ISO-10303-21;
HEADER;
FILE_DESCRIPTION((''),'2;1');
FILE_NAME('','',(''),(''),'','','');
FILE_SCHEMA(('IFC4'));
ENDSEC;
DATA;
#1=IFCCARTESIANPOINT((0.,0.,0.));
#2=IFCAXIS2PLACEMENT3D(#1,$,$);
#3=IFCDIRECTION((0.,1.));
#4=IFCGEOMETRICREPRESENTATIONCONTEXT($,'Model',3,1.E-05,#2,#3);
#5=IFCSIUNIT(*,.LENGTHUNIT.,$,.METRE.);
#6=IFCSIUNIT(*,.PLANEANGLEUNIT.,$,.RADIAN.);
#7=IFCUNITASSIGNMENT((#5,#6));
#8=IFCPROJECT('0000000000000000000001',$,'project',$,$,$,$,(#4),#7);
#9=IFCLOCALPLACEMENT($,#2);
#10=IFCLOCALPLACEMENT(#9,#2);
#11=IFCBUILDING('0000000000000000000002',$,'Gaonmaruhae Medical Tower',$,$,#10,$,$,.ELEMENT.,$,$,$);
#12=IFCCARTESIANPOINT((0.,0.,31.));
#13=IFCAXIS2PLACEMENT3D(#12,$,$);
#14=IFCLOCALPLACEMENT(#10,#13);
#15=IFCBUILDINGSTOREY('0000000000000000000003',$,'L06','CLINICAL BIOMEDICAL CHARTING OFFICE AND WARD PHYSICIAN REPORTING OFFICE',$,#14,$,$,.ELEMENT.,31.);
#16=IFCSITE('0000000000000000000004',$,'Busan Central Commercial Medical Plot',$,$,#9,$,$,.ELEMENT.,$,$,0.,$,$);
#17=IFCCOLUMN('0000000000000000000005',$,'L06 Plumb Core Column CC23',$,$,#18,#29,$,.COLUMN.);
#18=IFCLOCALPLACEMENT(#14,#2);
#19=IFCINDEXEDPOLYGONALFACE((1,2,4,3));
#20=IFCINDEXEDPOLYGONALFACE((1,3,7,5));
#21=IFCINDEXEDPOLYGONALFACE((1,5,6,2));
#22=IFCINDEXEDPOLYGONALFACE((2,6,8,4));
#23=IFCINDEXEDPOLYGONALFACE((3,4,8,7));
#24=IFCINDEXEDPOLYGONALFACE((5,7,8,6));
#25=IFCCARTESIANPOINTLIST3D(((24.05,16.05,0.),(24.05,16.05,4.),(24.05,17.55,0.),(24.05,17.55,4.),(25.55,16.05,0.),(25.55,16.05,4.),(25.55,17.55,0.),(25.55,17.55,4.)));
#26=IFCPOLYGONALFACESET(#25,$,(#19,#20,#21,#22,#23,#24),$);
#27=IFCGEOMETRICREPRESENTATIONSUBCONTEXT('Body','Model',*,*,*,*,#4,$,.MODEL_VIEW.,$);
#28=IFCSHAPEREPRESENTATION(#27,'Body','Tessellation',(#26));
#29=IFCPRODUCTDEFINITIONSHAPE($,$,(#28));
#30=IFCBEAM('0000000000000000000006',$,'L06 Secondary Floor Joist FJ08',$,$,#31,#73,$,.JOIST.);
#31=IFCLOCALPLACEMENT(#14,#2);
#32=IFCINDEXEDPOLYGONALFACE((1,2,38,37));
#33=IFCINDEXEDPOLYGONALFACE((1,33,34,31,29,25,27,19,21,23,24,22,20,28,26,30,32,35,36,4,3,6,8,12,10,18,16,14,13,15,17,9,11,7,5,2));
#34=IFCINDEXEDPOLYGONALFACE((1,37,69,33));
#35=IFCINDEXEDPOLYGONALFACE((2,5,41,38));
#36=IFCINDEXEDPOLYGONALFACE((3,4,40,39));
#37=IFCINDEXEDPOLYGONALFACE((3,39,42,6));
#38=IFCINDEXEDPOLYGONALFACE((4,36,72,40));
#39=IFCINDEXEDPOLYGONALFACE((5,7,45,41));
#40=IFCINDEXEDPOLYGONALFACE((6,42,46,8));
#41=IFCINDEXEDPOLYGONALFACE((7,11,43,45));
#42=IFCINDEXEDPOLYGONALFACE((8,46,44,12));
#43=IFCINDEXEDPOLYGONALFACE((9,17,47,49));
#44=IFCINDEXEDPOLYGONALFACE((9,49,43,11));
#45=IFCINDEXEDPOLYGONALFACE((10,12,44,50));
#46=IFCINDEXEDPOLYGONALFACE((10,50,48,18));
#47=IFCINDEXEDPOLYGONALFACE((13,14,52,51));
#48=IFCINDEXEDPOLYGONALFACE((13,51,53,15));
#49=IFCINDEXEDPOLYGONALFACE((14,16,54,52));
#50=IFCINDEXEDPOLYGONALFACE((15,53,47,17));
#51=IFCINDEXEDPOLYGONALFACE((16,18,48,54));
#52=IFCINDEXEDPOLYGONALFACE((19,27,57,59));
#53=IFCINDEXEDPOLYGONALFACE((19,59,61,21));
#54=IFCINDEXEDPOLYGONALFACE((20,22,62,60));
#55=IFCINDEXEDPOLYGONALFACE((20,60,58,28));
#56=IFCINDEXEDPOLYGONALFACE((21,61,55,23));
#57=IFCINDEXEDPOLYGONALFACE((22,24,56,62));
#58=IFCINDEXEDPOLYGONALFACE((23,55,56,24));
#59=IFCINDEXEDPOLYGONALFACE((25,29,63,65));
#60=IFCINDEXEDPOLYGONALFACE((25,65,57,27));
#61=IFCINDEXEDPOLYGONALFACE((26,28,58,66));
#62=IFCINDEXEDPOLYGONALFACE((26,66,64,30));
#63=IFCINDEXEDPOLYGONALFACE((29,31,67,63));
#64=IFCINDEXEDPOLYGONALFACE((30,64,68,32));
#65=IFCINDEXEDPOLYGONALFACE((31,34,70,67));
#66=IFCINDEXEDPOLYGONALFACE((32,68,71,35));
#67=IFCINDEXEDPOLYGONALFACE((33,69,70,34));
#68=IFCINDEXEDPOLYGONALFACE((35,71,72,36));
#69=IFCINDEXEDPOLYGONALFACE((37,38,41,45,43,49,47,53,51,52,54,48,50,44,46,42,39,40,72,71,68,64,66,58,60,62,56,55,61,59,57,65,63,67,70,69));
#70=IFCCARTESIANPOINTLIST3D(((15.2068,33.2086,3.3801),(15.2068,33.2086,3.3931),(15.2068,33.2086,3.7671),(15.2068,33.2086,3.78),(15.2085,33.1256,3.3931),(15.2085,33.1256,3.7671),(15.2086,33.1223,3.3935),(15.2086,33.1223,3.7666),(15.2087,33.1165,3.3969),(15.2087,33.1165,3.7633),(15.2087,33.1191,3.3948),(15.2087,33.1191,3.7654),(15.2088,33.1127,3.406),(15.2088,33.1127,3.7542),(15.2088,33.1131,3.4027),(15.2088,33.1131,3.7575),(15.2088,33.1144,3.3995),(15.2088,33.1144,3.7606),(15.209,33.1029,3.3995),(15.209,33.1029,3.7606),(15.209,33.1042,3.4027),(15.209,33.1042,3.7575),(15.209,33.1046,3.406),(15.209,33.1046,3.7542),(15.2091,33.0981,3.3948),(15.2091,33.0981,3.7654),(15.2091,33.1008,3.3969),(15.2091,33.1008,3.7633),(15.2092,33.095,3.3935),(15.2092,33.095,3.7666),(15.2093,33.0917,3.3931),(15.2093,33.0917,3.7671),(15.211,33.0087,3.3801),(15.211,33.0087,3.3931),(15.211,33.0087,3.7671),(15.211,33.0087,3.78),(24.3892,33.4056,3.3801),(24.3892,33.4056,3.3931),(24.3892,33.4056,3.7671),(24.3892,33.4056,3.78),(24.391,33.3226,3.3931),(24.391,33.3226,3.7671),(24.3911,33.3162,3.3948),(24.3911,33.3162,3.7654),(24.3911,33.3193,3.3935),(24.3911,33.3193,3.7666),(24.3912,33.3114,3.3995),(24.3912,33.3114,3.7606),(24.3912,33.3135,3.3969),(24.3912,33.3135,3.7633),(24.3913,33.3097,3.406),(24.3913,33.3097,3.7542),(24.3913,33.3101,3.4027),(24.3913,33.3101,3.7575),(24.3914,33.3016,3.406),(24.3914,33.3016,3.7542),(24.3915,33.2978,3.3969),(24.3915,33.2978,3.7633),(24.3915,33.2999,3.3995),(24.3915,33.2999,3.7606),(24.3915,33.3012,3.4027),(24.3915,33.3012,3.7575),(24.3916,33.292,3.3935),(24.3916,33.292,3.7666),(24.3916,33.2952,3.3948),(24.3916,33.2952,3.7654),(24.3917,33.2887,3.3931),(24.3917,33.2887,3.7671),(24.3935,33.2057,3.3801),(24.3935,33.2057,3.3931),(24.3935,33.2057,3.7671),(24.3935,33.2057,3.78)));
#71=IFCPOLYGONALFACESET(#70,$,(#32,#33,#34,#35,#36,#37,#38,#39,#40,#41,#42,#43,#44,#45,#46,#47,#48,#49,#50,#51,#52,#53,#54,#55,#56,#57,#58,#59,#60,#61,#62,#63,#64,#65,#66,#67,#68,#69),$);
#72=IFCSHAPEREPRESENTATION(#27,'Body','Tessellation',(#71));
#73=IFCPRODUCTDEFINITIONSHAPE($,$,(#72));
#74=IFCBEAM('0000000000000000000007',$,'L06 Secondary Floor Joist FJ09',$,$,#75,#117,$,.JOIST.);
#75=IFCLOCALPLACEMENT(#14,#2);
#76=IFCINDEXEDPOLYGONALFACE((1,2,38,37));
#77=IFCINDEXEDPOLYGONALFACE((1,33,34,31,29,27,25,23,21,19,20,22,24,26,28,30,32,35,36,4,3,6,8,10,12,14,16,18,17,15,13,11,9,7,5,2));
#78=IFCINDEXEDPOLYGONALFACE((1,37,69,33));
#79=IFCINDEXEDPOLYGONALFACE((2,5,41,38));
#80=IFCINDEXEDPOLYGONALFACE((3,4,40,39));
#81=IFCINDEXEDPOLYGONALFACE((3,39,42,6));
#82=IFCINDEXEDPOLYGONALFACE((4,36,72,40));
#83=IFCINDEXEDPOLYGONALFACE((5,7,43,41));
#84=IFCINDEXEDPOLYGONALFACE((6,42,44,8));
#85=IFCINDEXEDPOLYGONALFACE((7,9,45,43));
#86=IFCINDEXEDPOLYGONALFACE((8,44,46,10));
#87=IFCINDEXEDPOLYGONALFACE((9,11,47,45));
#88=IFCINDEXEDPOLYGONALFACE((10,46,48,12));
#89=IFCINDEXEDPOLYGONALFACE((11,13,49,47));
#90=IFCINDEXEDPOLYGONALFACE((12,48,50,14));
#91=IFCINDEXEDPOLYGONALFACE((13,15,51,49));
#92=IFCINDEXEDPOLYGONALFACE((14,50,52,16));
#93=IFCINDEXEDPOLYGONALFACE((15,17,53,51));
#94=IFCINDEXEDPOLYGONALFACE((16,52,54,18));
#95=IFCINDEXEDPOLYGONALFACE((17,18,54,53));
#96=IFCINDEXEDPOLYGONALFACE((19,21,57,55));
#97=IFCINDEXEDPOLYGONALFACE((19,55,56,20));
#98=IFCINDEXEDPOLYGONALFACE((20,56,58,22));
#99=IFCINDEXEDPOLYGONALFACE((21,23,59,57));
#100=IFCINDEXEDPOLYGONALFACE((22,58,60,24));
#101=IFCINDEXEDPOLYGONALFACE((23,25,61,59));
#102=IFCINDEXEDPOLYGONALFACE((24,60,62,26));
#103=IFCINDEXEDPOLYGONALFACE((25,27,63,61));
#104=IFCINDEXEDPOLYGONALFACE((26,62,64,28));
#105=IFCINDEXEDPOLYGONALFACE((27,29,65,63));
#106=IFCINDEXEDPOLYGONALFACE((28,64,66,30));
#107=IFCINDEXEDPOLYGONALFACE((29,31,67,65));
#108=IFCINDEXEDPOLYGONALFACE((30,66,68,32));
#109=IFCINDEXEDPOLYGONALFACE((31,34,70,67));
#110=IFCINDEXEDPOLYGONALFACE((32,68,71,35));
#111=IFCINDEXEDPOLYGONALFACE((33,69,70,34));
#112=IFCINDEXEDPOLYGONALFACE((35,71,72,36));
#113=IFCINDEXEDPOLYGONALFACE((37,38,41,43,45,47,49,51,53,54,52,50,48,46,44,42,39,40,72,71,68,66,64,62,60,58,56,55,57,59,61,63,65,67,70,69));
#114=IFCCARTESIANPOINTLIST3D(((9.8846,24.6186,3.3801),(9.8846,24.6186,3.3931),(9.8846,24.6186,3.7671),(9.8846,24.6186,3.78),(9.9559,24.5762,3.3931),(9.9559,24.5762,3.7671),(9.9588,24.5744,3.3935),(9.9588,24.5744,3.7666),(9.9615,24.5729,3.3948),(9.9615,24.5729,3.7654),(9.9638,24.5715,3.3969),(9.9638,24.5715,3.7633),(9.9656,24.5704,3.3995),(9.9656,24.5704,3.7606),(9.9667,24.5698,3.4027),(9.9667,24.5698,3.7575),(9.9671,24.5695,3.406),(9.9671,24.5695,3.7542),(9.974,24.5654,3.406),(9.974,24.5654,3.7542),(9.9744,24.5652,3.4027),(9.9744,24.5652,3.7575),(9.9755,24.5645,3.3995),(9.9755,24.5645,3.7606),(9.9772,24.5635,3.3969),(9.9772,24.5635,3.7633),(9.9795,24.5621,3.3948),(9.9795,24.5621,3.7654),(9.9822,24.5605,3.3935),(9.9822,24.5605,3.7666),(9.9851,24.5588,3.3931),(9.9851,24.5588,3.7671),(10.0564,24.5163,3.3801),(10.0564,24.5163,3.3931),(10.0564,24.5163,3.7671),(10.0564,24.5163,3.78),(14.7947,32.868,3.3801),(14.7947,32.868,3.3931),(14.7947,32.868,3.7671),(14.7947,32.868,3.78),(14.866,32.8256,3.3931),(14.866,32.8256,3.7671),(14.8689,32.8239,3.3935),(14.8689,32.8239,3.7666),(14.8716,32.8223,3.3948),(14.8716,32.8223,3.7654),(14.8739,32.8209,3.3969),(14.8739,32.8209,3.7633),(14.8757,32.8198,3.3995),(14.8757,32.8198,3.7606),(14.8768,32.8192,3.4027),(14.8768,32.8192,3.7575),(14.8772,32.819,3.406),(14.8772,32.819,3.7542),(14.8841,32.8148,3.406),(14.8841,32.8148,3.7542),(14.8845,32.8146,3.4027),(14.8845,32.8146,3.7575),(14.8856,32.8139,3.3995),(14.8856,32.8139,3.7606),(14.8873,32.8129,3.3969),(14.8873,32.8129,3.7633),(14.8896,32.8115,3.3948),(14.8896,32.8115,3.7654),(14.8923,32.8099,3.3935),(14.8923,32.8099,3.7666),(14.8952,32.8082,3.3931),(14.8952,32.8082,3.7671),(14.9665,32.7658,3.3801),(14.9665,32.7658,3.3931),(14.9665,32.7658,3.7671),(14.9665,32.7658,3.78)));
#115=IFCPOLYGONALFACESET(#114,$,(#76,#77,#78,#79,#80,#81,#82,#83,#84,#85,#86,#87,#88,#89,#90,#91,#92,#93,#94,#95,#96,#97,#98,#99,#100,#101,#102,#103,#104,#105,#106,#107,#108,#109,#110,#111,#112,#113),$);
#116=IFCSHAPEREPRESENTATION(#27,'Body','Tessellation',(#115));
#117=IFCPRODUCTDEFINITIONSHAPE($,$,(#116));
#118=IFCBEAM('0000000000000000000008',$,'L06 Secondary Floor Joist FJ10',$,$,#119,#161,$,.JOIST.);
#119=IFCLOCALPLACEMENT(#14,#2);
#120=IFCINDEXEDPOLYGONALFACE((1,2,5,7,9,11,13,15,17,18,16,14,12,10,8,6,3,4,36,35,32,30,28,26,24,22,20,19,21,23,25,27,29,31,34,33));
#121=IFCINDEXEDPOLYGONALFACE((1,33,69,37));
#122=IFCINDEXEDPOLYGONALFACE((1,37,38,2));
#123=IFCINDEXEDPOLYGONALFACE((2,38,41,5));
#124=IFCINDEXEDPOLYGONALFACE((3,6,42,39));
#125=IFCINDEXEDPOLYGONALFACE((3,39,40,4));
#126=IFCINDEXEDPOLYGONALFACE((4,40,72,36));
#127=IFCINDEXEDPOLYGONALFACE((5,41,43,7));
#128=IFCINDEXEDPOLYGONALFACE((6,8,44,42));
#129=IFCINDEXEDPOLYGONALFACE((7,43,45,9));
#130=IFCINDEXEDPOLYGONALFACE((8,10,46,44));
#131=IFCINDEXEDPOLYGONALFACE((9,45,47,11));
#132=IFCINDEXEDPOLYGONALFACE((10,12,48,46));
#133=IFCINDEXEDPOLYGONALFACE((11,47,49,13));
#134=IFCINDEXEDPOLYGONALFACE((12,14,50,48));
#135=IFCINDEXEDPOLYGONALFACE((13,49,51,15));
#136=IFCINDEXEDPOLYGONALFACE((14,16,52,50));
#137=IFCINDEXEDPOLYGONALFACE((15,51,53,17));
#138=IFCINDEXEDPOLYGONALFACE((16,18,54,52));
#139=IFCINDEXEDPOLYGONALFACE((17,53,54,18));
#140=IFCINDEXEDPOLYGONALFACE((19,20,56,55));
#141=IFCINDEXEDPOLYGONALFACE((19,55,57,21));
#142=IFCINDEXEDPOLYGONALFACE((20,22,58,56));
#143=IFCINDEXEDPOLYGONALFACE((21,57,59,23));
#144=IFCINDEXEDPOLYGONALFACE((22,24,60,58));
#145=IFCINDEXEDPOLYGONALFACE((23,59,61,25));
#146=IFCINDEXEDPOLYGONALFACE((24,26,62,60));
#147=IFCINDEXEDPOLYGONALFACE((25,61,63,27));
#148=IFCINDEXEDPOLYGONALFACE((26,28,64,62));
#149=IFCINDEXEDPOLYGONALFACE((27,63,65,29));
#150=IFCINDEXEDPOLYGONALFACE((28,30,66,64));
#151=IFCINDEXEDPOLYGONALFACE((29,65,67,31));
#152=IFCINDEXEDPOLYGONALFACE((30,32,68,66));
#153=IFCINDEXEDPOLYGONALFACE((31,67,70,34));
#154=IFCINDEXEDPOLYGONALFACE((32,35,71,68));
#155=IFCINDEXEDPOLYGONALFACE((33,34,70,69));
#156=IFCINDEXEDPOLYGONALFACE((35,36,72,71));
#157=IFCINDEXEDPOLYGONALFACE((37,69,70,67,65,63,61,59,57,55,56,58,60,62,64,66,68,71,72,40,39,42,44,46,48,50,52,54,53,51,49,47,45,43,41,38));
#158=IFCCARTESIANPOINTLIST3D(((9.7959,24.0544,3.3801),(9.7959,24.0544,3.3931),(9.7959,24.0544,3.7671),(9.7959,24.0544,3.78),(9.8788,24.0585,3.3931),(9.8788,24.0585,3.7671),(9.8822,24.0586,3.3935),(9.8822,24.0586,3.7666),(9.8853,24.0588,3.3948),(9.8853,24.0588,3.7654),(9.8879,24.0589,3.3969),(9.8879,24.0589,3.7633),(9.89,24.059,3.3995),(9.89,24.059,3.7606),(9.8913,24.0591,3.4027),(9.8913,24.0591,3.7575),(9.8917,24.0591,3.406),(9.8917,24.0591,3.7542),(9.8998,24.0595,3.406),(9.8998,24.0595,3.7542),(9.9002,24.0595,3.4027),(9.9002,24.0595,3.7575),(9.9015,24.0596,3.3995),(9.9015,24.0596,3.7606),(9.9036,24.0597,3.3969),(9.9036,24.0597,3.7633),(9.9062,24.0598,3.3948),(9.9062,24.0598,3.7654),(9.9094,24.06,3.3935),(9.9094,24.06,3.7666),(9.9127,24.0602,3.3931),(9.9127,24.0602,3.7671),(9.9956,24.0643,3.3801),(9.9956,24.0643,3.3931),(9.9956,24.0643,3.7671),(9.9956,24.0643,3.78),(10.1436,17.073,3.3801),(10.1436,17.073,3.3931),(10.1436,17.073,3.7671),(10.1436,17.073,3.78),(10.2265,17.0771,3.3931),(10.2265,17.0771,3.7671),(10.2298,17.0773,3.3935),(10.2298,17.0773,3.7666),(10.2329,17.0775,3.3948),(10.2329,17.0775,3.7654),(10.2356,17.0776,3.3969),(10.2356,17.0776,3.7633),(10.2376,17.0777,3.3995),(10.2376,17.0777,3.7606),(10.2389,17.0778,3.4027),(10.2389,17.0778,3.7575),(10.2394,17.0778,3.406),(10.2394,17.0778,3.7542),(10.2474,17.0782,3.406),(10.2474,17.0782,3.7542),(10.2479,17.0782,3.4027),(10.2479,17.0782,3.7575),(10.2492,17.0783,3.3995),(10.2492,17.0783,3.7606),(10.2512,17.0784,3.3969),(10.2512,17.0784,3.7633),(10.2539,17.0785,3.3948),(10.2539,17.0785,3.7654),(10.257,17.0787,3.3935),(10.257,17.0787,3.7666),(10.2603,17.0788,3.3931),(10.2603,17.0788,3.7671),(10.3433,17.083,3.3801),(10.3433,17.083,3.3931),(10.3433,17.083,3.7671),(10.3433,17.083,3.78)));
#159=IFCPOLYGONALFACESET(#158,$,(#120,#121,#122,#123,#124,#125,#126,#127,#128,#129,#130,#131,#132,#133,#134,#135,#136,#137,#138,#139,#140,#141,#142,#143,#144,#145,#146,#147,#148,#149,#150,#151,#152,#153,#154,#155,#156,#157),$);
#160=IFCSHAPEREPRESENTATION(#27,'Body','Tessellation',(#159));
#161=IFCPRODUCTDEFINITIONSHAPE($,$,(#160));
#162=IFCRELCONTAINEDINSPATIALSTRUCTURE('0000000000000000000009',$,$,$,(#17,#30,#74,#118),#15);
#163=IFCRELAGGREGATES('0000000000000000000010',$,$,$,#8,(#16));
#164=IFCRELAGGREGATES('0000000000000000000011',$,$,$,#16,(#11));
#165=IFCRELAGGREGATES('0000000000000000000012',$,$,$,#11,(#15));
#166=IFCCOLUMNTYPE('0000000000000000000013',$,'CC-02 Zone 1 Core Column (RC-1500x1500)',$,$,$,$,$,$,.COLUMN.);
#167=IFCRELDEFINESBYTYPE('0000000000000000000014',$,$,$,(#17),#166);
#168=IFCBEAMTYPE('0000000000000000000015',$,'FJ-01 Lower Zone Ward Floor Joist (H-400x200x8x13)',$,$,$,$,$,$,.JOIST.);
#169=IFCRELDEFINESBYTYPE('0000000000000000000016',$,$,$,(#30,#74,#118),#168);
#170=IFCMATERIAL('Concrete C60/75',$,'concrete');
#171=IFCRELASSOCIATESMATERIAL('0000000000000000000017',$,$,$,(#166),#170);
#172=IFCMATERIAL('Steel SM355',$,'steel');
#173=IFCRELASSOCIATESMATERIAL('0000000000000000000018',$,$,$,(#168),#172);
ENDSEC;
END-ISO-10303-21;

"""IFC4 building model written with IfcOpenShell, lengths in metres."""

from ifc_helpers import new_model, si_unit, direction, frame, origin, origin_2d, place, context, subcontext, project, spatial, rectangle, i_section, extrude, material, material_profile, profile_set, type_object, element, save


model = new_model("IFC4")

# Units and contexts
model_context = context("Model", 3, precision=1e-05, world=origin(), true_north=direction((0.0, 1.0)))
body_context = subcontext(model_context, "Body", "Model", "MODEL_VIEW")
ifc_project = project(units=[si_unit("LENGTHUNIT", "METRE"), si_unit("PLANEANGLEUNIT", "RADIAN")], contexts=[model_context])

# Site, building, storey
site_placement = place(None, origin())
site = spatial("IfcSite", under=ifc_project, at=site_placement, Name="Busan Central Commercial Medical Plot", CompositionType="ELEMENT", RefElevation=0.0)
building_placement = place(site_placement, origin())
building = spatial("IfcBuilding", under=site, at=building_placement, Name="Gaonmaruhae Medical Tower", CompositionType="ELEMENT")
storey_placement = place(building_placement, frame((0.0, 0.0, 31.0)))
storey = spatial("IfcBuildingStorey", under=building, at=storey_placement, Name="L06", Description="CLINICAL BIOMEDICAL CHARTING OFFICE AND WARD PHYSICIAN REPORTING OFFICE", CompositionType="ELEMENT", Elevation=31.0)

# Column
ifc_material_1 = material(Name="Concrete C60/75", Category="concrete")
ifc_material_profile_1 = material_profile(ifc_material_1, rectangle(XDim=1.5, YDim=1.5, at=origin_2d()), Name="RC-1500x1500")
ifc_profile_set_1 = profile_set([ifc_material_profile_1], Name="Concrete C60/75")
column_type = type_object("IfcColumnType", Name="CC-02 Zone 1 Core Column (RC-1500x1500)", PredefinedType="COLUMN", material=ifc_profile_set_1)
column_placement = place(storey_placement, frame((24.8, 16.8, 0.0), z_axis=(0.0, 0.0, 1.0), x_axis=(1.0, 0.0, 0.0)))
element("IfcColumn", 1, at=column_placement, inside=storey, type_object=column_type, Name="L06 Plumb Core Column CC23", PredefinedType="COLUMN", context=body_context, shape_type="SweptSolid", body=[
    extrude(rectangle(XDim=1.5, YDim=1.5, at=origin_2d()), origin(), (0.0, 0.0, 1.0), 4.0),
])

# Beams
ifc_material_2 = material(Name="Steel SM355", Category="steel")
ifc_material_profile_2 = material_profile(ifc_material_2, i_section(OverallWidth=0.2, OverallDepth=0.3999, WebThickness=0.0081, FlangeThickness=0.0129, FilletRadius=0.0129, at=origin_2d()), Name="H-400x200x8x13")
ifc_profile_set_2 = profile_set([ifc_material_profile_2], Name="Steel SM355")
beam_type_1 = type_object("IfcBeamType", Name="FJ-01 Lower Zone Ward Floor Joist (H-400x200x8x13)", PredefinedType="JOIST", material=ifc_profile_set_2)
beam_1_placement = place(storey_placement, frame((24.3914, 33.3057, 3.5801), z_axis=(-0.99977, -0.021452, 0.0), x_axis=(0.021452, -0.99977, 0.0)))
element("IfcBeam", 2, at=beam_1_placement, inside=storey, type_object=beam_type_1, Name="L06 Secondary Floor Joist FJ08", PredefinedType="JOIST", context=body_context, shape_type="SweptSolid", body=[
    extrude(i_section(OverallWidth=0.2, OverallDepth=0.3999, WebThickness=0.0081, FlangeThickness=0.0129, FilletRadius=0.0129, at=origin_2d()), origin(), (0.0, 0.0, 1.0), 9.1846),
])
beam_2_placement = place(storey_placement, frame((14.8806, 32.8169, 3.5801), z_axis=(-0.511463, -0.859305, 0.0), x_axis=(0.859305, -0.511463, 0.0)))
element("IfcBeam", 3, at=beam_2_placement, inside=storey, type_object=beam_type_1, Name="L06 Secondary Floor Joist FJ09", PredefinedType="JOIST", context=body_context, shape_type="SweptSolid", body=[
    extrude(i_section(OverallWidth=0.2, OverallDepth=0.3999, WebThickness=0.0081, FlangeThickness=0.0129, FilletRadius=0.0129, at=origin_2d()), origin(), (0.0, 0.0, 1.0), 9.6001),
])
beam_3_placement = place(storey_placement, frame((9.8958, 24.0593, 3.5801), z_axis=(0.049736, -0.998762, 0.0), x_axis=(0.998762, 0.049736, 0.0)))
element("IfcBeam", 4, at=beam_3_placement, inside=storey, type_object=beam_type_1, Name="L06 Secondary Floor Joist FJ10", PredefinedType="JOIST", context=body_context, shape_type="SweptSolid", body=[
    extrude(i_section(OverallWidth=0.2, OverallDepth=0.3999, WebThickness=0.0081, FlangeThickness=0.0129, FilletRadius=0.0129, at=origin_2d()), origin(), (0.0, 0.0, 1.0), 6.99),
])

save(model, "model.ifc")
